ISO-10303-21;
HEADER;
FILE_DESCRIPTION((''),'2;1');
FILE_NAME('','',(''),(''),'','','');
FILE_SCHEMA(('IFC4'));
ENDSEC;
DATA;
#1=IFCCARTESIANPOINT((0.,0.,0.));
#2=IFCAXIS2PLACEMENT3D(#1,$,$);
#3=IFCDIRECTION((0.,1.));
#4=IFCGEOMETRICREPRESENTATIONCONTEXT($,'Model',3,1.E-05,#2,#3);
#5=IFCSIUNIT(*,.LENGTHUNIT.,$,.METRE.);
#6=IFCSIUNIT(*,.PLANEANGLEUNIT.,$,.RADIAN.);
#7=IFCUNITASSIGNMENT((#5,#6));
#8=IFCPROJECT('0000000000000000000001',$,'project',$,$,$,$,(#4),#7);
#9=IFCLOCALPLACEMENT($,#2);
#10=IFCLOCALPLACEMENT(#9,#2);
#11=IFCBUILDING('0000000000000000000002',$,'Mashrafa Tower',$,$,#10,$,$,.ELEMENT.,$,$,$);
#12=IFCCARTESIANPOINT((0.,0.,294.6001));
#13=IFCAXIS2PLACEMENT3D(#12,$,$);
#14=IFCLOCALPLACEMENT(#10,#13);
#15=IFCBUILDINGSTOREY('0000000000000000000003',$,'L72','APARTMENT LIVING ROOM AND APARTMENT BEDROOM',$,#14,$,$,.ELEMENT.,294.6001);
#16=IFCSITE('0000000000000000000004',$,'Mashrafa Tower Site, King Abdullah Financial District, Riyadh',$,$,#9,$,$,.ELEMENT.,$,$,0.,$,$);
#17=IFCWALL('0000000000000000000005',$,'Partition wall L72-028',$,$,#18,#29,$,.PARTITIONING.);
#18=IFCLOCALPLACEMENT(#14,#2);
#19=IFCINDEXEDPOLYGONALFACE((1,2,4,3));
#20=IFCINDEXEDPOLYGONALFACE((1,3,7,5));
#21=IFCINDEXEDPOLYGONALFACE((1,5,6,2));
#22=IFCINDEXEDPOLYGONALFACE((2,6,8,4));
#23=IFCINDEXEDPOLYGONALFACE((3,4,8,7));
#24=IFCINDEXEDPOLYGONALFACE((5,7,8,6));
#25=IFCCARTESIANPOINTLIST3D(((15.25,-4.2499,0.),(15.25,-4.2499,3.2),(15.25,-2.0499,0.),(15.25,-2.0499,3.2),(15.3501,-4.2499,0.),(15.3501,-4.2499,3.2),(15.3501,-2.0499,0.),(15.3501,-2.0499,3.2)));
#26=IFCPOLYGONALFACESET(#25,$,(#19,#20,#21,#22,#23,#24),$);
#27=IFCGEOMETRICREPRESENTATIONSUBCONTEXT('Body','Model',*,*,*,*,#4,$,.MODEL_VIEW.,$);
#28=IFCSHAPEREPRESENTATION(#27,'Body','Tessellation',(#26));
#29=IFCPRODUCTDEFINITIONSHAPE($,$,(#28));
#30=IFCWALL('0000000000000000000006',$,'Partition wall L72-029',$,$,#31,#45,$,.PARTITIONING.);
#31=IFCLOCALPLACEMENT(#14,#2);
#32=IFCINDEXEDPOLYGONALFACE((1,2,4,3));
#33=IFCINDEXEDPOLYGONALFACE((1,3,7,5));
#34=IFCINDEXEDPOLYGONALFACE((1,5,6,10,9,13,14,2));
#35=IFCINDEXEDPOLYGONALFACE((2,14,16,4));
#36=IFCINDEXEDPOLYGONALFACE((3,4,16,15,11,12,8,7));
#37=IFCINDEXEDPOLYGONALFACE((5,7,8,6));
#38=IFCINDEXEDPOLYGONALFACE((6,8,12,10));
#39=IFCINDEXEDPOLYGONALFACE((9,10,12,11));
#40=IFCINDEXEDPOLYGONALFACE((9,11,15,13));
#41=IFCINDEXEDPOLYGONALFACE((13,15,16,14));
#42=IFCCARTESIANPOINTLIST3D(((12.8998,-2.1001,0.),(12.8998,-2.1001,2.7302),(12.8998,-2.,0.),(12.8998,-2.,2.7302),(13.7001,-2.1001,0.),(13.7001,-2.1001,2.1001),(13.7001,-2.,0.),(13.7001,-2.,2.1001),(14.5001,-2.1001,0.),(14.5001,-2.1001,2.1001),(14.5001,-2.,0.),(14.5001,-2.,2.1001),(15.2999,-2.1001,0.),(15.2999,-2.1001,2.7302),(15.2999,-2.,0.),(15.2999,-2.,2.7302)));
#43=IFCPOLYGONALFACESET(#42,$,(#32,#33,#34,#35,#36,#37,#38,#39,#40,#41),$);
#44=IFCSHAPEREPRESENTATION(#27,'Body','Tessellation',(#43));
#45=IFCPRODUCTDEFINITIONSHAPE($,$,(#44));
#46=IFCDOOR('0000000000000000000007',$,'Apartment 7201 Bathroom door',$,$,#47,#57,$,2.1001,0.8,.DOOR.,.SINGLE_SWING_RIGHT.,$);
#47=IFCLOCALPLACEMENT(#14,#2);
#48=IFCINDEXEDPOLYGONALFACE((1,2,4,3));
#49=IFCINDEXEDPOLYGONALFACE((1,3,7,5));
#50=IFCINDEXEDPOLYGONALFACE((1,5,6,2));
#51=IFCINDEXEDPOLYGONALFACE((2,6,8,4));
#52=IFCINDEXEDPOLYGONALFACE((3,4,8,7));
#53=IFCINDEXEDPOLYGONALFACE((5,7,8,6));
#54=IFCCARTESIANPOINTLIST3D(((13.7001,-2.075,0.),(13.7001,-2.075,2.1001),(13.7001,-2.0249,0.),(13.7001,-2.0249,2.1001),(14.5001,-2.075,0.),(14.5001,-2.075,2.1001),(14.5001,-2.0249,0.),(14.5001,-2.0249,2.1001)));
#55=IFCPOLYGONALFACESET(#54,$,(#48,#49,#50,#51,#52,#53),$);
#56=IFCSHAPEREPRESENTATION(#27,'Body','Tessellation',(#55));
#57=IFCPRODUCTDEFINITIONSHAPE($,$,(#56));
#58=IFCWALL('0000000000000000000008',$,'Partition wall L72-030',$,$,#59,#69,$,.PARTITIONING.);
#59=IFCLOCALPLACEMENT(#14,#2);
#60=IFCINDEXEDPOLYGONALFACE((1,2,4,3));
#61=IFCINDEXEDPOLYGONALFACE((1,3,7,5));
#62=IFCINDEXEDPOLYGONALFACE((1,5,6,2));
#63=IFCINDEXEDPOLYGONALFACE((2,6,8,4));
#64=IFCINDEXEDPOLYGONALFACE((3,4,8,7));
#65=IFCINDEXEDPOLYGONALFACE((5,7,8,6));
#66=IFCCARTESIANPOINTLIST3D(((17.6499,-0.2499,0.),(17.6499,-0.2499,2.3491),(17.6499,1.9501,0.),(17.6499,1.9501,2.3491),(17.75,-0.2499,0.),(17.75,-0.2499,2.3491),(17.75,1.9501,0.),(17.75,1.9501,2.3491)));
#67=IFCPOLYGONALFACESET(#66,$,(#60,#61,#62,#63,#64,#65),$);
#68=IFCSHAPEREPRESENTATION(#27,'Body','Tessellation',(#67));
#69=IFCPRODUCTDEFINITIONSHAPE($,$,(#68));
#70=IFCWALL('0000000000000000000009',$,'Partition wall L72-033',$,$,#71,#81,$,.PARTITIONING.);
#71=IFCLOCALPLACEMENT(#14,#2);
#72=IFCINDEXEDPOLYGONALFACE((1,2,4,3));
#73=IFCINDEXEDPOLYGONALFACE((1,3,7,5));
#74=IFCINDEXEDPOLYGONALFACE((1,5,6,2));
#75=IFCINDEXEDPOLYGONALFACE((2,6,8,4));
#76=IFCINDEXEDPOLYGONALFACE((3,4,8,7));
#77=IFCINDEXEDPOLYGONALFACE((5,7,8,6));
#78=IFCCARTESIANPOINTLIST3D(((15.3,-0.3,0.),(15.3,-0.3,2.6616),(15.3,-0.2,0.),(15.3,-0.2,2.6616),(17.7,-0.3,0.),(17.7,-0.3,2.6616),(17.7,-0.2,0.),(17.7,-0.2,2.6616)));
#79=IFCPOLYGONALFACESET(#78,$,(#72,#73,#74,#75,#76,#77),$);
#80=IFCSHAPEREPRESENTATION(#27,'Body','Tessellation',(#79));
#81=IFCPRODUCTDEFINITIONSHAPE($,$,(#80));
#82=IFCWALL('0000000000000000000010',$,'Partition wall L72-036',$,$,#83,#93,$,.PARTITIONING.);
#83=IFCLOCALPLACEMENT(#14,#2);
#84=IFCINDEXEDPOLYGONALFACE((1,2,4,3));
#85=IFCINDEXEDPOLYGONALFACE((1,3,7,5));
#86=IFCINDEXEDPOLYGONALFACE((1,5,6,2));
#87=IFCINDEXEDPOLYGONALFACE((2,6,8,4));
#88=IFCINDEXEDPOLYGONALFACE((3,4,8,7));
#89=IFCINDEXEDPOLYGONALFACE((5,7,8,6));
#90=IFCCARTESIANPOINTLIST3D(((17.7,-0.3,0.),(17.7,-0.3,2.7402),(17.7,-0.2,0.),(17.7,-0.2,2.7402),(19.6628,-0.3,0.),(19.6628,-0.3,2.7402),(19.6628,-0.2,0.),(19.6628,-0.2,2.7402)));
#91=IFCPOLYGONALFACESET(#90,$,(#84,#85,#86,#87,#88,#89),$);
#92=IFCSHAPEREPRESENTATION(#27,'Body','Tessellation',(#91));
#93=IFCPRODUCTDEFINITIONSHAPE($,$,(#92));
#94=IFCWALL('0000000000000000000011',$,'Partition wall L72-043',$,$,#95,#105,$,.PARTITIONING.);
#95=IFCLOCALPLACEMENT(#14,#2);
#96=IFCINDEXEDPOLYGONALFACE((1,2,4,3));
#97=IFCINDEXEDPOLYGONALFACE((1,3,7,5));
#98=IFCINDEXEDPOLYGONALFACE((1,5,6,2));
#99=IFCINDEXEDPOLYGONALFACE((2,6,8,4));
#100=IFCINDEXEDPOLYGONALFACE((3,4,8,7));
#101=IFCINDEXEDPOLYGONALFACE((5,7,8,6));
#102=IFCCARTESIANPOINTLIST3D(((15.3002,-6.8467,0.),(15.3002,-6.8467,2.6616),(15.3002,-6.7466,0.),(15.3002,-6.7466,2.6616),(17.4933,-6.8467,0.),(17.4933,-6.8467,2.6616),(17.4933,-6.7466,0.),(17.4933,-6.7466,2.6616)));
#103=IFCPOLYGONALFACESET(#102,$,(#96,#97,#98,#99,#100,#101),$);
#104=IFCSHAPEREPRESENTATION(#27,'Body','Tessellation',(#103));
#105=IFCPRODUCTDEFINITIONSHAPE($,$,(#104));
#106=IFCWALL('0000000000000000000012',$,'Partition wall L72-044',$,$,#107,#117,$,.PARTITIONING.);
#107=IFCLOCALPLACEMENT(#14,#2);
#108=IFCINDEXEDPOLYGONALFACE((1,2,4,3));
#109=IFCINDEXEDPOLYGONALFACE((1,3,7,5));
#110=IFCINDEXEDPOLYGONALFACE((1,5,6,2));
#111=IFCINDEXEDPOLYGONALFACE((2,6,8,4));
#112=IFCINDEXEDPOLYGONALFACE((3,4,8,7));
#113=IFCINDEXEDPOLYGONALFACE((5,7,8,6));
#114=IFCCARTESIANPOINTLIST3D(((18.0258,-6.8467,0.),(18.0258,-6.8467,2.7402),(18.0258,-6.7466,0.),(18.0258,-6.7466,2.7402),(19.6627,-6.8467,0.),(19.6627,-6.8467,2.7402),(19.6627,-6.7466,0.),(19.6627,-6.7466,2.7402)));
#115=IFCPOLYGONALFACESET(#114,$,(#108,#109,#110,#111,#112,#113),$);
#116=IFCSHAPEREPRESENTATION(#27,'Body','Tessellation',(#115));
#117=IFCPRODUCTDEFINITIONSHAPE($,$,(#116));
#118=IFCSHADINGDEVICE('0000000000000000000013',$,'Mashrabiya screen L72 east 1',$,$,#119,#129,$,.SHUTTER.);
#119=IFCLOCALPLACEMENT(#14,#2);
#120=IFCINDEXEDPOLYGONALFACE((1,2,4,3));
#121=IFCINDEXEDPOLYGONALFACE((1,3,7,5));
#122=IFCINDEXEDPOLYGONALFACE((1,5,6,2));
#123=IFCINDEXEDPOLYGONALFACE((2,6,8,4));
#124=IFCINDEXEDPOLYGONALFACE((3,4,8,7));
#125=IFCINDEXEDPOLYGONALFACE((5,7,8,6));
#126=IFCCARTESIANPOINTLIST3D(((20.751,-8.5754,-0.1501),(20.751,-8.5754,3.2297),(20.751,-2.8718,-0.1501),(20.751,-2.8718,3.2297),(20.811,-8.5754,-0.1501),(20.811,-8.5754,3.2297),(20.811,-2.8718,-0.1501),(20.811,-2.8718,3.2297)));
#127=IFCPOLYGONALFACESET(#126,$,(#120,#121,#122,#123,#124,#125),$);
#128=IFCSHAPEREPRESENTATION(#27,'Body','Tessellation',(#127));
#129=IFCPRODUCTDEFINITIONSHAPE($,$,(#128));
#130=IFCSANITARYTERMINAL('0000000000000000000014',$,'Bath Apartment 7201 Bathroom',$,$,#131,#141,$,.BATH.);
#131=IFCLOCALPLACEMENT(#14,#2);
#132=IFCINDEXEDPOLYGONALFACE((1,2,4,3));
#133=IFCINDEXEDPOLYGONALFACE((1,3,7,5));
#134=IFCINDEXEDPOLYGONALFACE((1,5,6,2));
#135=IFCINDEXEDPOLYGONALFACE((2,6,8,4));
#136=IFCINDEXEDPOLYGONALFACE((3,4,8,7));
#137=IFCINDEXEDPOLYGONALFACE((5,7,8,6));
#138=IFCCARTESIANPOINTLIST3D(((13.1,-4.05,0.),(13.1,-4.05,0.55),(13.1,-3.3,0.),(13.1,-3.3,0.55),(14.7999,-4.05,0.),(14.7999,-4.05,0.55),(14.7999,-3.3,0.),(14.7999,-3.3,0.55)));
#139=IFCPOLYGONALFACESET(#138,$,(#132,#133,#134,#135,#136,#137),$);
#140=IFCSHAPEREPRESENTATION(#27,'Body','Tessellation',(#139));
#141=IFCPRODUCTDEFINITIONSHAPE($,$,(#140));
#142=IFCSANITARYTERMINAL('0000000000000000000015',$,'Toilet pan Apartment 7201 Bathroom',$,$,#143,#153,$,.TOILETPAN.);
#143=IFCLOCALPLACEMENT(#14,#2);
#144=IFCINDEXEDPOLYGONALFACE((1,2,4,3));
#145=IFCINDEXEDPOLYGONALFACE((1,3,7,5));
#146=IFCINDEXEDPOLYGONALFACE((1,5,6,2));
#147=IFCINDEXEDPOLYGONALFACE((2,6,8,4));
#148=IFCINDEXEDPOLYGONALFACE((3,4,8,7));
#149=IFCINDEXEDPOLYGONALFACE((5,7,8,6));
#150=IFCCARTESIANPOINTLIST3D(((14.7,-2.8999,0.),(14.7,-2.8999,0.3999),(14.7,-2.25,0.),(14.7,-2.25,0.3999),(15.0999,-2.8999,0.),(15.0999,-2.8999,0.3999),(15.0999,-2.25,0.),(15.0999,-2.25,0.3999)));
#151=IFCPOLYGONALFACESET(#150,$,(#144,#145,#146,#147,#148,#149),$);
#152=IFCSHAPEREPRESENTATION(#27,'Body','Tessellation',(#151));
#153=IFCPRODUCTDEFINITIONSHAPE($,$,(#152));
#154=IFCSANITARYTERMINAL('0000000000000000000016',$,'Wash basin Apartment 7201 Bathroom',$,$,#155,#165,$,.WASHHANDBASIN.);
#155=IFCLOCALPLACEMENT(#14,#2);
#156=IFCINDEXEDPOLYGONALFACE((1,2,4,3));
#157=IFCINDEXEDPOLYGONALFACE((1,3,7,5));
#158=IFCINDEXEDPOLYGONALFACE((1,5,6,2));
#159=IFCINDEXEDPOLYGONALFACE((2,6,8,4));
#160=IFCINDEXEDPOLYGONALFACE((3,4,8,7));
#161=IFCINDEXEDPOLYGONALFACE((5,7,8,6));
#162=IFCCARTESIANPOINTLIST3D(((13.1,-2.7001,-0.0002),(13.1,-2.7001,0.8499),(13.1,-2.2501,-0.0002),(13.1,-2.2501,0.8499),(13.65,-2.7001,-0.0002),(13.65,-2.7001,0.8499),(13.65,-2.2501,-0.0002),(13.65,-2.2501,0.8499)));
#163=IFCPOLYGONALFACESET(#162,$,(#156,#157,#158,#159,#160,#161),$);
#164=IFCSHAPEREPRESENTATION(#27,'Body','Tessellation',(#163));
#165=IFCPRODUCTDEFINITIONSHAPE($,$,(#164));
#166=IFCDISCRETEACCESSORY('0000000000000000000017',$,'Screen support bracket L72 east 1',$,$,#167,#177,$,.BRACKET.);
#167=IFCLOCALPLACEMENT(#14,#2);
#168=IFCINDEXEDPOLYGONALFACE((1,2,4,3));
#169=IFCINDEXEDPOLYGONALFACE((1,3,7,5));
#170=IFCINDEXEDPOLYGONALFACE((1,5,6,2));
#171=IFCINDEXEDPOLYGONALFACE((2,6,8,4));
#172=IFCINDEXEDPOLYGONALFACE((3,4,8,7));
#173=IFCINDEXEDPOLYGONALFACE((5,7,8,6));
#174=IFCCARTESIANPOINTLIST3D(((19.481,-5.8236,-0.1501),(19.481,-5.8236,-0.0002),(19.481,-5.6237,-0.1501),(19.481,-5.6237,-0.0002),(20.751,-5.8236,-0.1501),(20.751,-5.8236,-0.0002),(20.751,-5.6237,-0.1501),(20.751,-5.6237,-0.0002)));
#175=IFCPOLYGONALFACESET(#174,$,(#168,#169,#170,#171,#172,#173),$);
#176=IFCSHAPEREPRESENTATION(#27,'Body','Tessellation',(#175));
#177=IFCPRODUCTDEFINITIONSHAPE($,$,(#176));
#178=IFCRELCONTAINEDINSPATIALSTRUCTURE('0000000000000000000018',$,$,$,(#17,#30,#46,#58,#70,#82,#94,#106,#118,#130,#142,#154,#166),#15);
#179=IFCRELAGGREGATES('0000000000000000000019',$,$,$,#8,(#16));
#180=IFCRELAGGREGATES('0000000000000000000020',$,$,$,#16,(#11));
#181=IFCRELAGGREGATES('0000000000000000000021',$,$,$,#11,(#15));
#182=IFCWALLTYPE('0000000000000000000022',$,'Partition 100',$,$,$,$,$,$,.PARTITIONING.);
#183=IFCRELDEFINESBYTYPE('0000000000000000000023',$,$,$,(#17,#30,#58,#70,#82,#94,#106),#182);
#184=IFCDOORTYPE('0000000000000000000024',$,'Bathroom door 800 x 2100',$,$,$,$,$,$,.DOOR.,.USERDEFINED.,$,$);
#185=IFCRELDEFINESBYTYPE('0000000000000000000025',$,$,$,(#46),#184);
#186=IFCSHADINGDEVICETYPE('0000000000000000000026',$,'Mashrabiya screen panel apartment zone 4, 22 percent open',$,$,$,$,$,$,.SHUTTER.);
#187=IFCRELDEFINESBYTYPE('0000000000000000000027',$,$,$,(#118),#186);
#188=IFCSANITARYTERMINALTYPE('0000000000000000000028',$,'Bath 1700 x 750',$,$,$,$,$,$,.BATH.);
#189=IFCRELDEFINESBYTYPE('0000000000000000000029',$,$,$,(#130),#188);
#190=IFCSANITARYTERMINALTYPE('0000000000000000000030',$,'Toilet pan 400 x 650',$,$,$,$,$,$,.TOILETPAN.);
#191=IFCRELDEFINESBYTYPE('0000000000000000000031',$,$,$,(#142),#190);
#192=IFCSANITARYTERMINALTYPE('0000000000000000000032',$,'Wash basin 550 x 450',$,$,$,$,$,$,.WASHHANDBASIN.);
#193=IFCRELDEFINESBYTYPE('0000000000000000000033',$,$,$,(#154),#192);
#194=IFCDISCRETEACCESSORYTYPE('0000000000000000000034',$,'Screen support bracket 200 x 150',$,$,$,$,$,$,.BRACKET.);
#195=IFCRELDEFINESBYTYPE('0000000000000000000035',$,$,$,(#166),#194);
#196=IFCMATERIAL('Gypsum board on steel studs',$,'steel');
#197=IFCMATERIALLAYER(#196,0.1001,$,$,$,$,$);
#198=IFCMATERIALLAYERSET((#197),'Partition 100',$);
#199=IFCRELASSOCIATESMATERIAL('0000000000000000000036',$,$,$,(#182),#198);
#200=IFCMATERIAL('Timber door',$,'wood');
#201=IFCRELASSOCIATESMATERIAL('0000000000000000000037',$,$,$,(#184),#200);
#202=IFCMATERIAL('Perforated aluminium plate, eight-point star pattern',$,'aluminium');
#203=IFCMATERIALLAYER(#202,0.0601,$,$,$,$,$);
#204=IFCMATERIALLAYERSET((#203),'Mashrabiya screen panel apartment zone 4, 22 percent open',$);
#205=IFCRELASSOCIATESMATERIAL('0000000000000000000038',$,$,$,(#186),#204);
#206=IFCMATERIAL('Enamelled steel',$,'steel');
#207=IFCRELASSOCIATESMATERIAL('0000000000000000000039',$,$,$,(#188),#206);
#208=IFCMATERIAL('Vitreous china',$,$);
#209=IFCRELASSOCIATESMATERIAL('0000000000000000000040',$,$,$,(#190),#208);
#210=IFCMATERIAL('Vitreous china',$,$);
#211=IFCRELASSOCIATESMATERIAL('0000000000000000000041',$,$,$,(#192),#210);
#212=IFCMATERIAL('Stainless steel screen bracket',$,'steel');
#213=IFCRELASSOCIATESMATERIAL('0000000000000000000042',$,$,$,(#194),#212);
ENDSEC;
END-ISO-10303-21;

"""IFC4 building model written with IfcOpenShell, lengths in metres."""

from ifc_helpers import new_model, si_unit, direction, frame, frame_2d, origin, origin_2d, place, context, subcontext, project, spatial, rectangle, extrude, source, transform, mapped, material, layer, layer_set, type_object, type_shapes, element, fill, save


model = new_model("IFC4")

# Units and contexts
model_context = context("Model", 3, precision=1e-05, world=origin(), true_north=direction((0.0, 1.0)))
body_context = subcontext(model_context, "Body", "Model", "MODEL_VIEW")
ifc_project = project(units=[si_unit("LENGTHUNIT", "METRE"), si_unit("PLANEANGLEUNIT", "RADIAN")], contexts=[model_context])

# Site, building, storey
site_placement = place(None, origin())
site = spatial("IfcSite", under=ifc_project, at=site_placement, Name="Mashrafa Tower Site, King Abdullah Financial District, Riyadh", CompositionType="ELEMENT", RefElevation=0.0)
building_placement = place(site_placement, origin())
building = spatial("IfcBuilding", under=site, at=building_placement, Name="Mashrafa Tower", CompositionType="ELEMENT")
storey_placement = place(building_placement, frame((0.0, 0.0, 294.6001)))
storey = spatial("IfcBuildingStorey", under=building, at=storey_placement, Name="L72", Description="APARTMENT LIVING ROOM AND APARTMENT BEDROOM", CompositionType="ELEMENT", Elevation=294.6001)

# Wall
ifc_material_1 = material(Name="Gypsum board on steel studs", Category="steel")
ifc_layer_1 = layer(ifc_material_1, 0.1001)
ifc_layer_set_1 = layer_set([ifc_layer_1], Name="Partition 100")
wall_type_1 = type_object("IfcWallType", Name="Partition 100", PredefinedType="PARTITIONING", material=ifc_layer_set_1)
wall_1_placement = place(storey_placement, frame((15.3, -4.25, 0.0), z_axis=(0.0, 0.0, 1.0), x_axis=(0.0, 1.0, 0.0)))
element("IfcWall", 1, at=wall_1_placement, inside=storey, type_object=wall_type_1, Name="Partition wall L72-028", PredefinedType="PARTITIONING", context=body_context, shape_type="SweptSolid", body=[
    extrude(rectangle(XDim=2.2, YDim=0.1001, at=frame_2d((1.1001, 0.0))), origin(), (0.0, 0.0, 1.0), 3.2),
])

# Wall, opening, door
wall_2_placement = place(storey_placement, frame((15.3, -2.05, 0.0), z_axis=(0.0, 0.0, 1.0), x_axis=(-1.0, 0.0, 0.0)))
wall_2 = element("IfcWall", 2, at=wall_2_placement, inside=storey, type_object=wall_type_1, Name="Partition wall L72-029", PredefinedType="PARTITIONING", context=body_context, shape_type="SweptSolid", body=[
    extrude(rectangle(XDim=2.4001, YDim=0.1001, at=frame_2d((1.2002, 0.0))), origin(), (0.0, 0.0, 1.0), 2.7302),
])
opening_1_placement = place(wall_2_placement, frame((0.8, 0.0, 0.0)))
opening_1 = element("IfcOpeningElement", 3, at=opening_1_placement, cuts=wall_2, PredefinedType="OPENING", context=body_context, shape_type="SweptSolid", body=[
    extrude(rectangle(XDim=0.8, YDim=2.1001, at=frame_2d((0.3999, 1.05))), frame((0.0, 0.0601, 0.0), z_axis=(0.0, -1.0, 0.0), x_axis=(1.0, 0.0, 0.0)), (0.0, 0.0, 1.0), 0.1201),
])
ifc_material_2 = material(Name="Timber door", Category="wood")
door_type_1 = type_object("IfcDoorType", Name="Bathroom door 800 x 2100", OperationType="USERDEFINED", PredefinedType="DOOR", material=ifc_material_2)
door_1_placement = place(opening_1_placement, origin())
door_1 = element("IfcDoor", 4, at=door_1_placement, inside=storey, type_object=door_type_1, Name="Apartment 7201 Bathroom door", OperationType="SINGLE_SWING_RIGHT", OverallHeight=2.1001, OverallWidth=0.8, PredefinedType="DOOR", context=body_context, shape_type="SweptSolid", body=[
    extrude(rectangle(XDim=0.8, YDim=2.1001, at=frame_2d((0.3999, 1.05))), frame((0.0, 0.0249, 0.0), z_axis=(0.0, -1.0, 0.0), x_axis=(1.0, 0.0, 0.0)), (0.0, 0.0, 1.0), 0.05),
])
fill(opening_1, door_1)

# Walls
wall_3_placement = place(storey_placement, frame((17.7, -0.25, 0.0), z_axis=(0.0, 0.0, 1.0), x_axis=(0.0, 1.0, 0.0)))
element("IfcWall", 5, at=wall_3_placement, inside=storey, type_object=wall_type_1, Name="Partition wall L72-030", PredefinedType="PARTITIONING", context=body_context, shape_type="SweptSolid", body=[
    extrude(rectangle(XDim=2.2, YDim=0.1001, at=frame_2d((1.1001, 0.0))), origin(), (0.0, 0.0, 1.0), 2.3491),
])
wall_4_placement = place(storey_placement, frame((15.3, -0.25, 0.0), z_axis=(0.0, 0.0, 1.0), x_axis=(1.0, 0.0, 0.0)))
element("IfcWall", 6, at=wall_4_placement, inside=storey, type_object=wall_type_1, Name="Partition wall L72-033", PredefinedType="PARTITIONING", context=body_context, shape_type="SweptSolid", body=[
    extrude(rectangle(XDim=2.3999, YDim=0.1001, at=frame_2d((1.2, 0.0))), origin(), (0.0, 0.0, 1.0), 2.6616),
])
wall_5_placement = place(storey_placement, frame((17.7, -0.25, 0.0), z_axis=(0.0, 0.0, 1.0), x_axis=(1.0, 0.0, 0.0)))
element("IfcWall", 7, at=wall_5_placement, inside=storey, type_object=wall_type_1, Name="Partition wall L72-036", PredefinedType="PARTITIONING", context=body_context, shape_type="SweptSolid", body=[
    extrude(rectangle(XDim=1.9629, YDim=0.1001, at=frame_2d((0.9814, 0.0))), origin(), (0.0, 0.0, 1.0), 2.7402),
])
wall_6_placement = place(storey_placement, frame((15.3, -6.7966, 0.0), z_axis=(0.0, 0.0, 1.0), x_axis=(1.0, 0.0, 0.0)))
element("IfcWall", 8, at=wall_6_placement, inside=storey, type_object=wall_type_1, Name="Partition wall L72-043", PredefinedType="PARTITIONING", context=body_context, shape_type="SweptSolid", body=[
    extrude(rectangle(XDim=2.1931, YDim=0.1001, at=frame_2d((1.0967, 0.0))), origin(), (0.0, 0.0, 1.0), 2.6616),
])
wall_7_placement = place(storey_placement, frame((18.0259, -6.7966, 0.0), z_axis=(0.0, 0.0, 1.0), x_axis=(1.0, 0.0, 0.0)))
element("IfcWall", 9, at=wall_7_placement, inside=storey, type_object=wall_type_1, Name="Partition wall L72-044", PredefinedType="PARTITIONING", context=body_context, shape_type="SweptSolid", body=[
    extrude(rectangle(XDim=1.637, YDim=0.1001, at=frame_2d((0.8184, 0.0))), origin(), (0.0, 0.0, 1.0), 2.7402),
])

# Shading device
ifc_material_3 = material(Name="Perforated aluminium plate, eight-point star pattern", Category="aluminium")
ifc_layer_2 = layer(ifc_material_3, 0.0601)
ifc_layer_set_2 = layer_set([ifc_layer_2], Name="Mashrabiya screen panel apartment zone 4, 22 percent open")
shading_device_type = type_object("IfcShadingDeviceType", Name="Mashrabiya screen panel apartment zone 4, 22 percent open", PredefinedType="SHUTTER", material=ifc_layer_set_2)
shared_shape_1 = source(origin(), body_context, "Body", "SweptSolid", [
    extrude(rectangle(XDim=5.7036, YDim=0.0601, at=origin_2d()), origin(), (0.0, 0.0, 1.0), 3.3799),
])
type_shapes(shading_device_type, [shared_shape_1])
shading_device_placement = place(storey_placement, frame((20.781, -5.7236, -0.1501), z_axis=(0.0, 0.0, 1.0), x_axis=(0.0, 1.0, 0.0)))
element("IfcShadingDevice", 10, at=shading_device_placement, inside=storey, type_object=shading_device_type, Name="Mashrabiya screen L72 east 1", PredefinedType="SHUTTER", context=body_context, shape_type="MappedRepresentation", body=[
    mapped(shared_shape_1, transform((0.0, 0.0, 0.0))),
])

# Sanitary terminals
ifc_material_4 = material(Name="Enamelled steel", Category="steel")
sanitary_terminal_type_1 = type_object("IfcSanitaryTerminalType", Name="Bath 1700 x 750", PredefinedType="BATH", material=ifc_material_4)
sanitary_terminal_1_placement = place(storey_placement, frame((13.95, -3.675, 0.0), z_axis=(0.0, 0.0, 1.0), x_axis=(1.0, 0.0, 0.0)))
element("IfcSanitaryTerminal", 11, at=sanitary_terminal_1_placement, inside=storey, type_object=sanitary_terminal_type_1, Name="Bath Apartment 7201 Bathroom", PredefinedType="BATH", context=body_context, shape_type="SweptSolid", body=[
    extrude(rectangle(XDim=1.7, YDim=0.75, at=origin_2d()), origin(), (0.0, 0.0, 1.0), 0.55),
])
ifc_material_5 = material(Name="Vitreous china")
sanitary_terminal_type_2 = type_object("IfcSanitaryTerminalType", Name="Toilet pan 400 x 650", PredefinedType="TOILETPAN", material=ifc_material_5)
sanitary_terminal_2_placement = place(storey_placement, frame((14.8999, -2.575, 0.0), z_axis=(0.0, 0.0, 1.0), x_axis=(-1.0, 0.0, 0.0)))
element("IfcSanitaryTerminal", 12, at=sanitary_terminal_2_placement, inside=storey, type_object=sanitary_terminal_type_2, Name="Toilet pan Apartment 7201 Bathroom", PredefinedType="TOILETPAN", context=body_context, shape_type="SweptSolid", body=[
    extrude(rectangle(XDim=0.3999, YDim=0.6499, at=origin_2d()), origin(), (0.0, 0.0, 1.0), 0.3999),
])
ifc_material_6 = material(Name="Vitreous china")
sanitary_terminal_type_3 = type_object("IfcSanitaryTerminalType", Name="Wash basin 550 x 450", PredefinedType="WASHHANDBASIN", material=ifc_material_6)
sanitary_terminal_3_placement = place(storey_placement, frame((13.375, -2.4751, -0.0002), z_axis=(0.0, 0.0, 1.0), x_axis=(-1.0, 0.0, 0.0)))
element("IfcSanitaryTerminal", 13, at=sanitary_terminal_3_placement, inside=storey, type_object=sanitary_terminal_type_3, Name="Wash basin Apartment 7201 Bathroom", PredefinedType="WASHHANDBASIN", context=body_context, shape_type="SweptSolid", body=[
    extrude(rectangle(XDim=0.55, YDim=0.45, at=origin_2d()), origin(), (0.0, 0.0, 1.0), 0.8501),
])

# Discrete accessory
ifc_material_7 = material(Name="Stainless steel screen bracket", Category="steel")
discrete_accessory_type = type_object("IfcDiscreteAccessoryType", Name="Screen support bracket 200 x 150", PredefinedType="BRACKET", material=ifc_material_7)
shared_shape_2 = source(origin(), body_context, "Body", "SweptSolid", [
    extrude(rectangle(XDim=0.2, YDim=1.27, at=origin_2d()), origin(), (0.0, 0.0, 1.0), 0.1499),
])
type_shapes(discrete_accessory_type, [shared_shape_2])
discrete_accessory_placement = place(storey_placement, frame((20.116, -5.7236, -0.1501), z_axis=(0.0, 0.0, 1.0), x_axis=(0.0, 1.0, 0.0)))
element("IfcDiscreteAccessory", 14, at=discrete_accessory_placement, inside=storey, type_object=discrete_accessory_type, Name="Screen support bracket L72 east 1", PredefinedType="BRACKET", context=body_context, shape_type="MappedRepresentation", body=[
    mapped(shared_shape_2, transform((0.0, 0.0, 0.0))),
])

save(model, "model.ifc")
